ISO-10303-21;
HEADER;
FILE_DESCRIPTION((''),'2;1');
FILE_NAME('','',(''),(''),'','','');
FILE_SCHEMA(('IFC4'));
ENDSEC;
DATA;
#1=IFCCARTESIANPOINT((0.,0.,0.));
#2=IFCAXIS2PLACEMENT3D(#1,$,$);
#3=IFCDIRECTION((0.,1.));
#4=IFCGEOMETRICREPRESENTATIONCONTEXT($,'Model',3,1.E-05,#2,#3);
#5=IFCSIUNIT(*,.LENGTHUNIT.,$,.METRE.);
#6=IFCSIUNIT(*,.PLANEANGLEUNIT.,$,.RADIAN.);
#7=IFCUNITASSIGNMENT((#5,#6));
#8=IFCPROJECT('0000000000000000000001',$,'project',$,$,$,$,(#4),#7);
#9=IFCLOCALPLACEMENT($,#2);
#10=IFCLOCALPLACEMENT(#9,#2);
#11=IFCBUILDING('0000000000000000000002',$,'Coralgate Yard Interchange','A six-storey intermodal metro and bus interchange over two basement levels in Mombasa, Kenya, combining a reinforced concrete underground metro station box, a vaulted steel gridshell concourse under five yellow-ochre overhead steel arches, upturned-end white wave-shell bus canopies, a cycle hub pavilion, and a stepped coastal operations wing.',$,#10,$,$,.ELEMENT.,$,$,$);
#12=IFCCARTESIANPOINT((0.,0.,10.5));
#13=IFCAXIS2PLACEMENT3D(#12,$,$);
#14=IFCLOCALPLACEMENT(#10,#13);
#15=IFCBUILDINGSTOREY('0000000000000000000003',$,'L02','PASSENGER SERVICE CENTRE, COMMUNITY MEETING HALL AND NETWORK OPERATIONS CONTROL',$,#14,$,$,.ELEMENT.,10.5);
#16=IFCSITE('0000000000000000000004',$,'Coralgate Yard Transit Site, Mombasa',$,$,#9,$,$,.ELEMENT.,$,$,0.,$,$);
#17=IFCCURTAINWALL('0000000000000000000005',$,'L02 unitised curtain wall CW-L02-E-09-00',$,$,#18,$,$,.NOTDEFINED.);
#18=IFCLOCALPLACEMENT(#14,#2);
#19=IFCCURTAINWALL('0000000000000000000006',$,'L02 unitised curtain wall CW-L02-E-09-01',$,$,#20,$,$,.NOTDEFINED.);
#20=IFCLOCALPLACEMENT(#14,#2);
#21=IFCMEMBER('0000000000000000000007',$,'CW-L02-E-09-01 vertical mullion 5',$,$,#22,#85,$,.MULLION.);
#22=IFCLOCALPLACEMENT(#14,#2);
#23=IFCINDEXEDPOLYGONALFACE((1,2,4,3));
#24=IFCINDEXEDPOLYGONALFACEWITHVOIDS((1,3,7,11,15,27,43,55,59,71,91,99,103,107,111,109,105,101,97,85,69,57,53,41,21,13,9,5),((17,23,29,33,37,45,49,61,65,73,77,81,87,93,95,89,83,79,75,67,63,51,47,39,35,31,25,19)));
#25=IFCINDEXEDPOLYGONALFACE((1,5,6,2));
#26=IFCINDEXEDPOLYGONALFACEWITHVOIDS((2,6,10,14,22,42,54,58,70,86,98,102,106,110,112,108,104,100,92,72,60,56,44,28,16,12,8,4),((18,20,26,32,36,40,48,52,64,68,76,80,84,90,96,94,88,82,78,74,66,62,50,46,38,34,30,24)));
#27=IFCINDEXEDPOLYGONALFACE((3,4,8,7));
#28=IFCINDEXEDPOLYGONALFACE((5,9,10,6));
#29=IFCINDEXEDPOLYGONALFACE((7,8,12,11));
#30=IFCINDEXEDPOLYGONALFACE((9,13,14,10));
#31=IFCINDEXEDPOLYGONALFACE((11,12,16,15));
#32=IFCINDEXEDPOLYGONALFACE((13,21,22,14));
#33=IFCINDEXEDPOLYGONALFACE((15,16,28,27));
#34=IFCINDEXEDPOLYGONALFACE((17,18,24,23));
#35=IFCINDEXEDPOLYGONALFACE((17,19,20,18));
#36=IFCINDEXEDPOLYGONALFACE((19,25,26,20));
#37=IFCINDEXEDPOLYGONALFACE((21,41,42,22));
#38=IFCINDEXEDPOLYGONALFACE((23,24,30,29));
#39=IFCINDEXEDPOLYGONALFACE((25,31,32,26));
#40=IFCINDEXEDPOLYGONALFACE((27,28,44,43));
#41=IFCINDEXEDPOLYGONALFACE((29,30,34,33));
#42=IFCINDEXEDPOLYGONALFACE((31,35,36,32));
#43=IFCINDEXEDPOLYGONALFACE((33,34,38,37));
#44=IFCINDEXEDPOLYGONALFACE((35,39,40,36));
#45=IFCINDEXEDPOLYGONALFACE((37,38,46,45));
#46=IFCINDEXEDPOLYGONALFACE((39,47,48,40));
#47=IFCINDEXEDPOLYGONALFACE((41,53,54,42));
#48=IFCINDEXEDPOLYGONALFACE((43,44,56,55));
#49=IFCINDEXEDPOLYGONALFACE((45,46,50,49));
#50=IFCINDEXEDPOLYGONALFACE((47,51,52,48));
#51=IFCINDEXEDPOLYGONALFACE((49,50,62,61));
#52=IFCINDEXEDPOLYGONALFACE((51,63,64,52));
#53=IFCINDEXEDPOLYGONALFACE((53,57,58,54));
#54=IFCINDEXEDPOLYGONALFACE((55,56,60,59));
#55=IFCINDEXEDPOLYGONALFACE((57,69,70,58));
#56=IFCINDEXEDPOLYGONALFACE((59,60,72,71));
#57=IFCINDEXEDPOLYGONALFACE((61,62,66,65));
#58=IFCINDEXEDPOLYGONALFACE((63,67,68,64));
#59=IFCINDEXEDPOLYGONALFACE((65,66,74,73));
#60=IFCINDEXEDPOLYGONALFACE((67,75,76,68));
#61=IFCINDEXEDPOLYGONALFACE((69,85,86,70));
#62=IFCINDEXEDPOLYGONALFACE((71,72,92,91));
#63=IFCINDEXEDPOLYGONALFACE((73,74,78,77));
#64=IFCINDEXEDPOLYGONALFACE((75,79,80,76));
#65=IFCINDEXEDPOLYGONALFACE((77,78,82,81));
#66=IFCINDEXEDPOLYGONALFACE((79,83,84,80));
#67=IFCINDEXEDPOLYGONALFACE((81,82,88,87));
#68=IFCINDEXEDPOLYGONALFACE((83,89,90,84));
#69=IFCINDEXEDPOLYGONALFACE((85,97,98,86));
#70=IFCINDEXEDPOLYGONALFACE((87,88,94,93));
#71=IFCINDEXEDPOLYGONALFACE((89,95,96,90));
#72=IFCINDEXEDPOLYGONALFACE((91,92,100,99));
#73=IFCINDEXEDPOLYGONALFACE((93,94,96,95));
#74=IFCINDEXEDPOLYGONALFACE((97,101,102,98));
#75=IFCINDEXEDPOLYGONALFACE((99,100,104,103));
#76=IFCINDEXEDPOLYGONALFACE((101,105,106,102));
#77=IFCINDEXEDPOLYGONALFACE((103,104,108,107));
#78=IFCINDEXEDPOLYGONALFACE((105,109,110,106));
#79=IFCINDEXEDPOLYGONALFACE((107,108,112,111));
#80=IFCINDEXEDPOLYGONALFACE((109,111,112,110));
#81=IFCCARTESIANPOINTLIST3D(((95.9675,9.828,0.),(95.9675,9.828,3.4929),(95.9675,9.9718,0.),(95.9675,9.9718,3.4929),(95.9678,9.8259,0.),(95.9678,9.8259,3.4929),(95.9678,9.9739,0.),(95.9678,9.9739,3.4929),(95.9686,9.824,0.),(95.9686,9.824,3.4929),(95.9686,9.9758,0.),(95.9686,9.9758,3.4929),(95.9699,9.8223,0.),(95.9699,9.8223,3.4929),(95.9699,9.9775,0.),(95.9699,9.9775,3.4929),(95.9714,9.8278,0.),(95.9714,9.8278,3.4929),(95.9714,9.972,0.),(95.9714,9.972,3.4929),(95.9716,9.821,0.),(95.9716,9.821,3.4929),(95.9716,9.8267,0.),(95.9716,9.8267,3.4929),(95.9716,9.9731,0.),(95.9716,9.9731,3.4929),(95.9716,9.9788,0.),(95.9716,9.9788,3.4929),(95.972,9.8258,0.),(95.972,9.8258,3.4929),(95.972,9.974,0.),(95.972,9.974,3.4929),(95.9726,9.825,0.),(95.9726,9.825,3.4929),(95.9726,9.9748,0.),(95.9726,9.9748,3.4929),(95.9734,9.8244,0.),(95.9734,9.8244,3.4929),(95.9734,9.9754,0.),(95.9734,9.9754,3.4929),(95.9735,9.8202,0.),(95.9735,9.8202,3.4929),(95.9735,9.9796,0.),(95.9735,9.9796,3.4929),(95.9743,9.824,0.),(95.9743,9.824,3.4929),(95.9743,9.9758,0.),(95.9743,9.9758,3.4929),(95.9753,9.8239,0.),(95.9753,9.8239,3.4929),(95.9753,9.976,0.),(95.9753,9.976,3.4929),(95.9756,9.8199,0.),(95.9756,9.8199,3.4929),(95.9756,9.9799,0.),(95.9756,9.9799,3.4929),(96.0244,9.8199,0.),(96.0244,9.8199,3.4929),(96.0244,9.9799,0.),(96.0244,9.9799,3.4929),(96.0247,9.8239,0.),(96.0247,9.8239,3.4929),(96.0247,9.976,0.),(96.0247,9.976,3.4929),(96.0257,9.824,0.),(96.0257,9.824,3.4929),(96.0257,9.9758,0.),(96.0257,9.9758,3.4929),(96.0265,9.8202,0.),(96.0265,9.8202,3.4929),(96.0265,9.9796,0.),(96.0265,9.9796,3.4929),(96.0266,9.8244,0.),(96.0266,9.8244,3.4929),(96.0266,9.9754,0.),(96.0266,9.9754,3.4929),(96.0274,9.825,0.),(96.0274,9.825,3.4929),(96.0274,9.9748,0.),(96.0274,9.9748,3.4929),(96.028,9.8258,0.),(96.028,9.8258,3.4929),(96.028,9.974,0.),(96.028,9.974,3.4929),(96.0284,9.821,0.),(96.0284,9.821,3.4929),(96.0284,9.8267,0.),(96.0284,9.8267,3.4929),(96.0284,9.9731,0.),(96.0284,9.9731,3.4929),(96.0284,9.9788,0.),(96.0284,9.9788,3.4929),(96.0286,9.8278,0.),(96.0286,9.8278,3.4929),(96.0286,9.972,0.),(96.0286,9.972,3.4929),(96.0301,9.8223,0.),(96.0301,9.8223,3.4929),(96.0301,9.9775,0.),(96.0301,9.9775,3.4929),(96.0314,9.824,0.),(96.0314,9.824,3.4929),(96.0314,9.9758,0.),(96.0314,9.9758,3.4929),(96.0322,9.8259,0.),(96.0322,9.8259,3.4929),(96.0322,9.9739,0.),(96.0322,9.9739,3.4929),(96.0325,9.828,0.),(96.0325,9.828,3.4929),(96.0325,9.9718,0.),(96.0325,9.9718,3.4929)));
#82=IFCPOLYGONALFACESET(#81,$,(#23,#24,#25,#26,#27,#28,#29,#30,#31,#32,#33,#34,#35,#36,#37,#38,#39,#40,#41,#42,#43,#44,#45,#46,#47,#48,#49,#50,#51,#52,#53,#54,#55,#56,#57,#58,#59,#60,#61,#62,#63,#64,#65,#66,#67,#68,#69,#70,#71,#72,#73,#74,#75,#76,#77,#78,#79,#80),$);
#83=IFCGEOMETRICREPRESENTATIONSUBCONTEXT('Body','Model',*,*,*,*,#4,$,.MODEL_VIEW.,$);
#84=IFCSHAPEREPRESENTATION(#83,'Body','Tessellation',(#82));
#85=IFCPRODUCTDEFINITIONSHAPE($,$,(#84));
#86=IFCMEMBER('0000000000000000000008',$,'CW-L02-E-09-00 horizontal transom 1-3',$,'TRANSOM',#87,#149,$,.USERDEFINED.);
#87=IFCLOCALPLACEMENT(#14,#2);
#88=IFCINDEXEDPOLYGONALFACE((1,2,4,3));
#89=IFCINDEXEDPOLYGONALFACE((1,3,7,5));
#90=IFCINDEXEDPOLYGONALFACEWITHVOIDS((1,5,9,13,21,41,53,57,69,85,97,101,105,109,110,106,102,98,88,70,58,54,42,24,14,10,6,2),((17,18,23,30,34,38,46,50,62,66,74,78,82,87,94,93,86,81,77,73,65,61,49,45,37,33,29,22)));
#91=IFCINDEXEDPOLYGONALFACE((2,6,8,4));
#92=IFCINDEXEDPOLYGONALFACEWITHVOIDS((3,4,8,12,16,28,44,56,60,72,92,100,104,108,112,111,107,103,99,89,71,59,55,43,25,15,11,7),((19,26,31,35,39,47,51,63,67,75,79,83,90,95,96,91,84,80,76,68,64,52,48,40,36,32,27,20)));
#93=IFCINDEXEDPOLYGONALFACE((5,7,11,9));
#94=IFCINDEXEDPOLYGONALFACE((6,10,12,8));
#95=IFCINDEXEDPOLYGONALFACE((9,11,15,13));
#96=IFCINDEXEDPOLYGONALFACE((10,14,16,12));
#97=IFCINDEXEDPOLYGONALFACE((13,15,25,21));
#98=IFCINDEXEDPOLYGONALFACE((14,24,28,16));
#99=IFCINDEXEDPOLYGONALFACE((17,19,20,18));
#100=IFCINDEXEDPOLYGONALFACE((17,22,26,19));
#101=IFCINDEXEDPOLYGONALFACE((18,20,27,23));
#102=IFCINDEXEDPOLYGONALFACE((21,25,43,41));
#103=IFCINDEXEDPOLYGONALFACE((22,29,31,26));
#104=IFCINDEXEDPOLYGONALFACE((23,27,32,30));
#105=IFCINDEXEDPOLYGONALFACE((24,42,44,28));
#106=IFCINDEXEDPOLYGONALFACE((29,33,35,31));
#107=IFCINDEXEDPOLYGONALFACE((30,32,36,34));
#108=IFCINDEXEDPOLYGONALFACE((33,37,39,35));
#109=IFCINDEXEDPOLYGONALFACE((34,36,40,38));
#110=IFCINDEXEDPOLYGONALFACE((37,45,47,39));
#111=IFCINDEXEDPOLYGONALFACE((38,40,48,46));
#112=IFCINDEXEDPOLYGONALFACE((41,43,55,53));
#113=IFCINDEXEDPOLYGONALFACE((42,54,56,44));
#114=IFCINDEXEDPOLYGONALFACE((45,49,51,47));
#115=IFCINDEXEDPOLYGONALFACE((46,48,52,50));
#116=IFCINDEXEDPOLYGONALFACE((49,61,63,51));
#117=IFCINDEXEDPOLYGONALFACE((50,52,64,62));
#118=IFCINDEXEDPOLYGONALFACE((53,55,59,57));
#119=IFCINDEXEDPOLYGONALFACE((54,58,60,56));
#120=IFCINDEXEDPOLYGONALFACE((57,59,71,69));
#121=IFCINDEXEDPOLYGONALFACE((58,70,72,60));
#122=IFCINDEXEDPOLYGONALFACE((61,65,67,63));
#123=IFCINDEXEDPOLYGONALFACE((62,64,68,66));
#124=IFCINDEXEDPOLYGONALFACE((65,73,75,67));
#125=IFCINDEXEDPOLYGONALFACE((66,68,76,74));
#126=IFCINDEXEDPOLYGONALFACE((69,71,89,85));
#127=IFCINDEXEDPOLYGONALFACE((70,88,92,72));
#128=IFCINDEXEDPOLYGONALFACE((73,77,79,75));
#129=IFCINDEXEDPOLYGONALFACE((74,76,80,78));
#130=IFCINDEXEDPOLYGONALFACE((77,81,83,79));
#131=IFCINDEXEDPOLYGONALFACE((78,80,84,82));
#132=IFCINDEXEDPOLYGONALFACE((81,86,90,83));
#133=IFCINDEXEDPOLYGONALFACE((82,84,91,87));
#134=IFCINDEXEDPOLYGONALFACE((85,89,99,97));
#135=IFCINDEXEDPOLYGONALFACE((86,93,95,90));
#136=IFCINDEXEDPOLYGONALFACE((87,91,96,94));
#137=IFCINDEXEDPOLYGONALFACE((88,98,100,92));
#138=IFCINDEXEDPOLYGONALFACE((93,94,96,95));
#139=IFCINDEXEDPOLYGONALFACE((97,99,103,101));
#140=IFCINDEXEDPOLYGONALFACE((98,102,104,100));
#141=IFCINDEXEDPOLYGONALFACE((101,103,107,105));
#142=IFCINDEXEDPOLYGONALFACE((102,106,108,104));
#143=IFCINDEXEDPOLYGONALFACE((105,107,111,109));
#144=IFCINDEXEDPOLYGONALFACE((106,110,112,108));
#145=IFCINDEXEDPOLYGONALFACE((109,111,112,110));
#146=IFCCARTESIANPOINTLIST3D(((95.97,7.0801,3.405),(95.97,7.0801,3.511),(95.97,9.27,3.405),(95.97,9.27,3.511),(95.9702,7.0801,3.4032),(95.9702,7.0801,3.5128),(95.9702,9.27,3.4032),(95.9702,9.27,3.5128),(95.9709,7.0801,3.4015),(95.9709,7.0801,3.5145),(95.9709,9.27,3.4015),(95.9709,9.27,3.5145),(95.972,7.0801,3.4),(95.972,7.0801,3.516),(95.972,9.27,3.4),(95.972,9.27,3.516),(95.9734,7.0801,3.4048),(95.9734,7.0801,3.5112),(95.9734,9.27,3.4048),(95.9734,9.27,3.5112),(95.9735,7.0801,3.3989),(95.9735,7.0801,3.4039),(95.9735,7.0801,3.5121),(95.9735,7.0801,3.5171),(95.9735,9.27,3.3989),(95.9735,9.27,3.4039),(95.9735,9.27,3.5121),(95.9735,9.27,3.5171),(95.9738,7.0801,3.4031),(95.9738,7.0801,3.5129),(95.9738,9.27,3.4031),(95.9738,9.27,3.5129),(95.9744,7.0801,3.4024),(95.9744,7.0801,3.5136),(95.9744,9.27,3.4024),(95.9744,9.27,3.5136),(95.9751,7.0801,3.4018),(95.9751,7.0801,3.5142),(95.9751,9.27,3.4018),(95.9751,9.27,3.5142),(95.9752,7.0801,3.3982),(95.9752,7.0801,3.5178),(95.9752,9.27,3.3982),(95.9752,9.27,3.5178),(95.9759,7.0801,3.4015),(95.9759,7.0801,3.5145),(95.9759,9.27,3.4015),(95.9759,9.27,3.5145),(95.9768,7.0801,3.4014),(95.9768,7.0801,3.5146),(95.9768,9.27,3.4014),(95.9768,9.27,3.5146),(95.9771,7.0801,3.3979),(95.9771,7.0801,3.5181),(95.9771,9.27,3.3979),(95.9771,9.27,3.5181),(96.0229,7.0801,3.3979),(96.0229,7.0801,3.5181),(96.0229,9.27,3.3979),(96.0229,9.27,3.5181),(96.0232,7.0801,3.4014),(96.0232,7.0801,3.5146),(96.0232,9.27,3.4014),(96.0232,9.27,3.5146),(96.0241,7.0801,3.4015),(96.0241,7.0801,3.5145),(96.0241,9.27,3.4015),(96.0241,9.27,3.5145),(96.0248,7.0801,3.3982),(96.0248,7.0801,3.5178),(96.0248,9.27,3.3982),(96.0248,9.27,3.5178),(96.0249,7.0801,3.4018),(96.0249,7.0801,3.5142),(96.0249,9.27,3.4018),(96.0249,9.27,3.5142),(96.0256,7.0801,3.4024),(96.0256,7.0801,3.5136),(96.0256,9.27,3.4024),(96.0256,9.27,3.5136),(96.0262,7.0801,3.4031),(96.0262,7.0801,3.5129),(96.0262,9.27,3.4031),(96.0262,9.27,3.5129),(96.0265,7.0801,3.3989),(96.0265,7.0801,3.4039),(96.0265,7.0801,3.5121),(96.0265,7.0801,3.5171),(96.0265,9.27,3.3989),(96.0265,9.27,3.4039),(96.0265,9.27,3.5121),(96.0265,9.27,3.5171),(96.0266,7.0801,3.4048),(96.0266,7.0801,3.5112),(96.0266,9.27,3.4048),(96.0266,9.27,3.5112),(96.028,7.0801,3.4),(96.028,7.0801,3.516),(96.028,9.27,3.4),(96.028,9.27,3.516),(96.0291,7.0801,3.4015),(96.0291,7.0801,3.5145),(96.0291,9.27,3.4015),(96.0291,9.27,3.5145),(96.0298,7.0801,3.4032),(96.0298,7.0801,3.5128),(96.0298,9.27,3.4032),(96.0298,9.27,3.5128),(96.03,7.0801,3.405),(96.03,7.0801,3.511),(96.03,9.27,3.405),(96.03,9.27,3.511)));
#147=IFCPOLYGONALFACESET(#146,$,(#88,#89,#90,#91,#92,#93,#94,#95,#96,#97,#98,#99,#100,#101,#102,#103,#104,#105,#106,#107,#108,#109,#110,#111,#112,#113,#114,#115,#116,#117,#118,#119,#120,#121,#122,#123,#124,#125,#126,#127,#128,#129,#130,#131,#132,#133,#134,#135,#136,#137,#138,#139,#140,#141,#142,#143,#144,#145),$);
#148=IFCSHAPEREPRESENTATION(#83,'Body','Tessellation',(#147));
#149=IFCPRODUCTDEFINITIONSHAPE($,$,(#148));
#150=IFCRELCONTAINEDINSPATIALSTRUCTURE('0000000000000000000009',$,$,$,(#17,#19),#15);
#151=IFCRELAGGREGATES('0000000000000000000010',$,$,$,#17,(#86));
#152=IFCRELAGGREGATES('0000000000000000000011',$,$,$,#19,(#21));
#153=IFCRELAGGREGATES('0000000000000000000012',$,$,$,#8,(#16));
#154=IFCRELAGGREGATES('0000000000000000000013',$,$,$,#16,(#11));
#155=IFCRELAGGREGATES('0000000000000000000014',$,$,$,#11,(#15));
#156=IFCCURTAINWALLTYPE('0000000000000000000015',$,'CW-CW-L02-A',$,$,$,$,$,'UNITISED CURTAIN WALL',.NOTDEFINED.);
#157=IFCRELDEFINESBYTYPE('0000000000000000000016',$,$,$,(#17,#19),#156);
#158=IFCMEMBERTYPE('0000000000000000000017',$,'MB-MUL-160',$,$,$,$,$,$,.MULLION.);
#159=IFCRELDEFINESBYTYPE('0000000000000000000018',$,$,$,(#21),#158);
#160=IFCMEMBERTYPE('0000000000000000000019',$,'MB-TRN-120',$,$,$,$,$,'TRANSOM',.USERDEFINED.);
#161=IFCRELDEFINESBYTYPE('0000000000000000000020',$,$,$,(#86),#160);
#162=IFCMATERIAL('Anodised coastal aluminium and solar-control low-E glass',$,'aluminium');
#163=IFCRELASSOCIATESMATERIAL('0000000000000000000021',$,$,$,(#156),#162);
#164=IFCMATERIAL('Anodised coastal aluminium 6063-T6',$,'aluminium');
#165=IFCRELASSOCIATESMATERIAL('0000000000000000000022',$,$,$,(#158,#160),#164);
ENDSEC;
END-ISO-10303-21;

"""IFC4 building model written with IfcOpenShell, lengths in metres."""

from ifc_helpers import new_model, si_unit, direction, frame, origin, origin_2d, place, context, subcontext, project, spatial, hollow_rectangle, extrude, material, material_profile, profile_set, type_object, element, aggregate, save


model = new_model("IFC4")

# Units and contexts
model_context = context("Model", 3, precision=1e-05, world=origin(), true_north=direction((0.0, 1.0)))
body_context = subcontext(model_context, "Body", "Model", "MODEL_VIEW")
ifc_project = project(units=[si_unit("LENGTHUNIT", "METRE"), si_unit("PLANEANGLEUNIT", "RADIAN")], contexts=[model_context])

# Site, building, storey
site_placement = place(None, origin())
site = spatial("IfcSite", under=ifc_project, at=site_placement, Name="Coralgate Yard Transit Site, Mombasa", CompositionType="ELEMENT", RefElevation=0.0)
building_placement = place(site_placement, origin())
building = spatial("IfcBuilding", under=site, at=building_placement, Name="Coralgate Yard Interchange", Description="A six-storey intermodal metro and bus interchange over two basement levels in Mombasa, Kenya, combining a reinforced concrete underground metro station box, a vaulted steel gridshell concourse under five yellow-ochre overhead steel arches, upturned-end white wave-shell bus canopies, a cycle hub pavilion, and a stepped coastal operations wing.", CompositionType="ELEMENT")
storey_placement = place(building_placement, frame((0.0, 0.0, 10.5)))
storey = spatial("IfcBuildingStorey", under=building, at=storey_placement, Name="L02", Description="PASSENGER SERVICE CENTRE, COMMUNITY MEETING HALL AND NETWORK OPERATIONS CONTROL", CompositionType="ELEMENT", Elevation=10.5)

# Curtain wall
ifc_material_1 = material(Name="Anodised coastal aluminium and solar-control low-E glass", Category="aluminium")
curtain_wall_type = type_object("IfcCurtainWallType", Name="CW-CW-L02-A", ElementType="UNITISED CURTAIN WALL", PredefinedType="NOTDEFINED", material=ifc_material_1)
curtain_wall_1_placement = place(storey_placement, origin())
curtain_wall_1 = element("IfcCurtainWall", 1, at=curtain_wall_1_placement, inside=storey, type_object=curtain_wall_type, Name="L02 unitised curtain wall CW-L02-E-09-00", PredefinedType="NOTDEFINED")
ifc_material_2 = material(Name="Anodised coastal aluminium 6063-T6", Category="aluminium")
ifc_material_profile_1 = material_profile(ifc_material_2, hollow_rectangle(XDim=0.0649, YDim=0.1599, WallThickness=0.0039, InnerFilletRadius=0.0039, OuterFilletRadius=0.0081, at=origin_2d()), Name="ALU 65x160x4")
ifc_profile_set_1 = profile_set([ifc_material_profile_1], Name="Anodised coastal aluminium 6063-T6")
member_type_1 = type_object("IfcMemberType", Name="MB-MUL-160", PredefinedType="MULLION", material=ifc_profile_set_1)

# Curtain wall, member
curtain_wall_2_placement = place(storey_placement, origin())
curtain_wall_2 = element("IfcCurtainWall", 2, at=curtain_wall_2_placement, inside=storey, type_object=curtain_wall_type, Name="L02 unitised curtain wall CW-L02-E-09-01", PredefinedType="NOTDEFINED")
member_1_placement = place(storey_placement, frame((96.0, 9.8999, 0.0), z_axis=(0.0, 0.0, 1.0), x_axis=(1.0, 0.0, 0.0)))
member_1 = element("IfcMember", 3, at=member_1_placement, type_object=member_type_1, Name="CW-L02-E-09-01 vertical mullion 5", PredefinedType="MULLION", context=body_context, shape_type="SweptSolid", body=[
    extrude(hollow_rectangle(XDim=0.0649, YDim=0.1599, WallThickness=0.0039, InnerFilletRadius=0.0039, OuterFilletRadius=0.0081, at=origin_2d()), origin(), (0.0, 0.0, 1.0), 3.4929),
])

# Member
ifc_material_profile_2 = material_profile(ifc_material_2, hollow_rectangle(XDim=0.0601, YDim=0.1201, WallThickness=0.0034, InnerFilletRadius=0.0034, OuterFilletRadius=0.0071, at=origin_2d()), Name="ALU 60x120x3.5")
ifc_profile_set_2 = profile_set([ifc_material_profile_2], Name="Anodised coastal aluminium 6063-T6")
member_type_2 = type_object("IfcMemberType", Name="MB-TRN-120", ElementType="TRANSOM", PredefinedType="USERDEFINED", material=ifc_profile_set_2)
member_2_placement = place(storey_placement, frame((96.0, 9.27, 3.458), z_axis=(0.0, -1.0, 0.0), x_axis=(1.0, 0.0, 0.0)))
member_2 = element("IfcMember", 4, at=member_2_placement, type_object=member_type_2, Name="CW-L02-E-09-00 horizontal transom 1-3", ObjectType="TRANSOM", PredefinedType="USERDEFINED", context=body_context, shape_type="SweptSolid", body=[
    extrude(hollow_rectangle(XDim=0.0601, YDim=0.1201, WallThickness=0.0034, InnerFilletRadius=0.0034, OuterFilletRadius=0.0071, at=origin_2d()), origin(), (0.0, 0.0, 1.0), 2.1899),
])
aggregate(curtain_wall_1, [member_2])

aggregate(curtain_wall_2, [member_1])

save(model, "model.ifc")
